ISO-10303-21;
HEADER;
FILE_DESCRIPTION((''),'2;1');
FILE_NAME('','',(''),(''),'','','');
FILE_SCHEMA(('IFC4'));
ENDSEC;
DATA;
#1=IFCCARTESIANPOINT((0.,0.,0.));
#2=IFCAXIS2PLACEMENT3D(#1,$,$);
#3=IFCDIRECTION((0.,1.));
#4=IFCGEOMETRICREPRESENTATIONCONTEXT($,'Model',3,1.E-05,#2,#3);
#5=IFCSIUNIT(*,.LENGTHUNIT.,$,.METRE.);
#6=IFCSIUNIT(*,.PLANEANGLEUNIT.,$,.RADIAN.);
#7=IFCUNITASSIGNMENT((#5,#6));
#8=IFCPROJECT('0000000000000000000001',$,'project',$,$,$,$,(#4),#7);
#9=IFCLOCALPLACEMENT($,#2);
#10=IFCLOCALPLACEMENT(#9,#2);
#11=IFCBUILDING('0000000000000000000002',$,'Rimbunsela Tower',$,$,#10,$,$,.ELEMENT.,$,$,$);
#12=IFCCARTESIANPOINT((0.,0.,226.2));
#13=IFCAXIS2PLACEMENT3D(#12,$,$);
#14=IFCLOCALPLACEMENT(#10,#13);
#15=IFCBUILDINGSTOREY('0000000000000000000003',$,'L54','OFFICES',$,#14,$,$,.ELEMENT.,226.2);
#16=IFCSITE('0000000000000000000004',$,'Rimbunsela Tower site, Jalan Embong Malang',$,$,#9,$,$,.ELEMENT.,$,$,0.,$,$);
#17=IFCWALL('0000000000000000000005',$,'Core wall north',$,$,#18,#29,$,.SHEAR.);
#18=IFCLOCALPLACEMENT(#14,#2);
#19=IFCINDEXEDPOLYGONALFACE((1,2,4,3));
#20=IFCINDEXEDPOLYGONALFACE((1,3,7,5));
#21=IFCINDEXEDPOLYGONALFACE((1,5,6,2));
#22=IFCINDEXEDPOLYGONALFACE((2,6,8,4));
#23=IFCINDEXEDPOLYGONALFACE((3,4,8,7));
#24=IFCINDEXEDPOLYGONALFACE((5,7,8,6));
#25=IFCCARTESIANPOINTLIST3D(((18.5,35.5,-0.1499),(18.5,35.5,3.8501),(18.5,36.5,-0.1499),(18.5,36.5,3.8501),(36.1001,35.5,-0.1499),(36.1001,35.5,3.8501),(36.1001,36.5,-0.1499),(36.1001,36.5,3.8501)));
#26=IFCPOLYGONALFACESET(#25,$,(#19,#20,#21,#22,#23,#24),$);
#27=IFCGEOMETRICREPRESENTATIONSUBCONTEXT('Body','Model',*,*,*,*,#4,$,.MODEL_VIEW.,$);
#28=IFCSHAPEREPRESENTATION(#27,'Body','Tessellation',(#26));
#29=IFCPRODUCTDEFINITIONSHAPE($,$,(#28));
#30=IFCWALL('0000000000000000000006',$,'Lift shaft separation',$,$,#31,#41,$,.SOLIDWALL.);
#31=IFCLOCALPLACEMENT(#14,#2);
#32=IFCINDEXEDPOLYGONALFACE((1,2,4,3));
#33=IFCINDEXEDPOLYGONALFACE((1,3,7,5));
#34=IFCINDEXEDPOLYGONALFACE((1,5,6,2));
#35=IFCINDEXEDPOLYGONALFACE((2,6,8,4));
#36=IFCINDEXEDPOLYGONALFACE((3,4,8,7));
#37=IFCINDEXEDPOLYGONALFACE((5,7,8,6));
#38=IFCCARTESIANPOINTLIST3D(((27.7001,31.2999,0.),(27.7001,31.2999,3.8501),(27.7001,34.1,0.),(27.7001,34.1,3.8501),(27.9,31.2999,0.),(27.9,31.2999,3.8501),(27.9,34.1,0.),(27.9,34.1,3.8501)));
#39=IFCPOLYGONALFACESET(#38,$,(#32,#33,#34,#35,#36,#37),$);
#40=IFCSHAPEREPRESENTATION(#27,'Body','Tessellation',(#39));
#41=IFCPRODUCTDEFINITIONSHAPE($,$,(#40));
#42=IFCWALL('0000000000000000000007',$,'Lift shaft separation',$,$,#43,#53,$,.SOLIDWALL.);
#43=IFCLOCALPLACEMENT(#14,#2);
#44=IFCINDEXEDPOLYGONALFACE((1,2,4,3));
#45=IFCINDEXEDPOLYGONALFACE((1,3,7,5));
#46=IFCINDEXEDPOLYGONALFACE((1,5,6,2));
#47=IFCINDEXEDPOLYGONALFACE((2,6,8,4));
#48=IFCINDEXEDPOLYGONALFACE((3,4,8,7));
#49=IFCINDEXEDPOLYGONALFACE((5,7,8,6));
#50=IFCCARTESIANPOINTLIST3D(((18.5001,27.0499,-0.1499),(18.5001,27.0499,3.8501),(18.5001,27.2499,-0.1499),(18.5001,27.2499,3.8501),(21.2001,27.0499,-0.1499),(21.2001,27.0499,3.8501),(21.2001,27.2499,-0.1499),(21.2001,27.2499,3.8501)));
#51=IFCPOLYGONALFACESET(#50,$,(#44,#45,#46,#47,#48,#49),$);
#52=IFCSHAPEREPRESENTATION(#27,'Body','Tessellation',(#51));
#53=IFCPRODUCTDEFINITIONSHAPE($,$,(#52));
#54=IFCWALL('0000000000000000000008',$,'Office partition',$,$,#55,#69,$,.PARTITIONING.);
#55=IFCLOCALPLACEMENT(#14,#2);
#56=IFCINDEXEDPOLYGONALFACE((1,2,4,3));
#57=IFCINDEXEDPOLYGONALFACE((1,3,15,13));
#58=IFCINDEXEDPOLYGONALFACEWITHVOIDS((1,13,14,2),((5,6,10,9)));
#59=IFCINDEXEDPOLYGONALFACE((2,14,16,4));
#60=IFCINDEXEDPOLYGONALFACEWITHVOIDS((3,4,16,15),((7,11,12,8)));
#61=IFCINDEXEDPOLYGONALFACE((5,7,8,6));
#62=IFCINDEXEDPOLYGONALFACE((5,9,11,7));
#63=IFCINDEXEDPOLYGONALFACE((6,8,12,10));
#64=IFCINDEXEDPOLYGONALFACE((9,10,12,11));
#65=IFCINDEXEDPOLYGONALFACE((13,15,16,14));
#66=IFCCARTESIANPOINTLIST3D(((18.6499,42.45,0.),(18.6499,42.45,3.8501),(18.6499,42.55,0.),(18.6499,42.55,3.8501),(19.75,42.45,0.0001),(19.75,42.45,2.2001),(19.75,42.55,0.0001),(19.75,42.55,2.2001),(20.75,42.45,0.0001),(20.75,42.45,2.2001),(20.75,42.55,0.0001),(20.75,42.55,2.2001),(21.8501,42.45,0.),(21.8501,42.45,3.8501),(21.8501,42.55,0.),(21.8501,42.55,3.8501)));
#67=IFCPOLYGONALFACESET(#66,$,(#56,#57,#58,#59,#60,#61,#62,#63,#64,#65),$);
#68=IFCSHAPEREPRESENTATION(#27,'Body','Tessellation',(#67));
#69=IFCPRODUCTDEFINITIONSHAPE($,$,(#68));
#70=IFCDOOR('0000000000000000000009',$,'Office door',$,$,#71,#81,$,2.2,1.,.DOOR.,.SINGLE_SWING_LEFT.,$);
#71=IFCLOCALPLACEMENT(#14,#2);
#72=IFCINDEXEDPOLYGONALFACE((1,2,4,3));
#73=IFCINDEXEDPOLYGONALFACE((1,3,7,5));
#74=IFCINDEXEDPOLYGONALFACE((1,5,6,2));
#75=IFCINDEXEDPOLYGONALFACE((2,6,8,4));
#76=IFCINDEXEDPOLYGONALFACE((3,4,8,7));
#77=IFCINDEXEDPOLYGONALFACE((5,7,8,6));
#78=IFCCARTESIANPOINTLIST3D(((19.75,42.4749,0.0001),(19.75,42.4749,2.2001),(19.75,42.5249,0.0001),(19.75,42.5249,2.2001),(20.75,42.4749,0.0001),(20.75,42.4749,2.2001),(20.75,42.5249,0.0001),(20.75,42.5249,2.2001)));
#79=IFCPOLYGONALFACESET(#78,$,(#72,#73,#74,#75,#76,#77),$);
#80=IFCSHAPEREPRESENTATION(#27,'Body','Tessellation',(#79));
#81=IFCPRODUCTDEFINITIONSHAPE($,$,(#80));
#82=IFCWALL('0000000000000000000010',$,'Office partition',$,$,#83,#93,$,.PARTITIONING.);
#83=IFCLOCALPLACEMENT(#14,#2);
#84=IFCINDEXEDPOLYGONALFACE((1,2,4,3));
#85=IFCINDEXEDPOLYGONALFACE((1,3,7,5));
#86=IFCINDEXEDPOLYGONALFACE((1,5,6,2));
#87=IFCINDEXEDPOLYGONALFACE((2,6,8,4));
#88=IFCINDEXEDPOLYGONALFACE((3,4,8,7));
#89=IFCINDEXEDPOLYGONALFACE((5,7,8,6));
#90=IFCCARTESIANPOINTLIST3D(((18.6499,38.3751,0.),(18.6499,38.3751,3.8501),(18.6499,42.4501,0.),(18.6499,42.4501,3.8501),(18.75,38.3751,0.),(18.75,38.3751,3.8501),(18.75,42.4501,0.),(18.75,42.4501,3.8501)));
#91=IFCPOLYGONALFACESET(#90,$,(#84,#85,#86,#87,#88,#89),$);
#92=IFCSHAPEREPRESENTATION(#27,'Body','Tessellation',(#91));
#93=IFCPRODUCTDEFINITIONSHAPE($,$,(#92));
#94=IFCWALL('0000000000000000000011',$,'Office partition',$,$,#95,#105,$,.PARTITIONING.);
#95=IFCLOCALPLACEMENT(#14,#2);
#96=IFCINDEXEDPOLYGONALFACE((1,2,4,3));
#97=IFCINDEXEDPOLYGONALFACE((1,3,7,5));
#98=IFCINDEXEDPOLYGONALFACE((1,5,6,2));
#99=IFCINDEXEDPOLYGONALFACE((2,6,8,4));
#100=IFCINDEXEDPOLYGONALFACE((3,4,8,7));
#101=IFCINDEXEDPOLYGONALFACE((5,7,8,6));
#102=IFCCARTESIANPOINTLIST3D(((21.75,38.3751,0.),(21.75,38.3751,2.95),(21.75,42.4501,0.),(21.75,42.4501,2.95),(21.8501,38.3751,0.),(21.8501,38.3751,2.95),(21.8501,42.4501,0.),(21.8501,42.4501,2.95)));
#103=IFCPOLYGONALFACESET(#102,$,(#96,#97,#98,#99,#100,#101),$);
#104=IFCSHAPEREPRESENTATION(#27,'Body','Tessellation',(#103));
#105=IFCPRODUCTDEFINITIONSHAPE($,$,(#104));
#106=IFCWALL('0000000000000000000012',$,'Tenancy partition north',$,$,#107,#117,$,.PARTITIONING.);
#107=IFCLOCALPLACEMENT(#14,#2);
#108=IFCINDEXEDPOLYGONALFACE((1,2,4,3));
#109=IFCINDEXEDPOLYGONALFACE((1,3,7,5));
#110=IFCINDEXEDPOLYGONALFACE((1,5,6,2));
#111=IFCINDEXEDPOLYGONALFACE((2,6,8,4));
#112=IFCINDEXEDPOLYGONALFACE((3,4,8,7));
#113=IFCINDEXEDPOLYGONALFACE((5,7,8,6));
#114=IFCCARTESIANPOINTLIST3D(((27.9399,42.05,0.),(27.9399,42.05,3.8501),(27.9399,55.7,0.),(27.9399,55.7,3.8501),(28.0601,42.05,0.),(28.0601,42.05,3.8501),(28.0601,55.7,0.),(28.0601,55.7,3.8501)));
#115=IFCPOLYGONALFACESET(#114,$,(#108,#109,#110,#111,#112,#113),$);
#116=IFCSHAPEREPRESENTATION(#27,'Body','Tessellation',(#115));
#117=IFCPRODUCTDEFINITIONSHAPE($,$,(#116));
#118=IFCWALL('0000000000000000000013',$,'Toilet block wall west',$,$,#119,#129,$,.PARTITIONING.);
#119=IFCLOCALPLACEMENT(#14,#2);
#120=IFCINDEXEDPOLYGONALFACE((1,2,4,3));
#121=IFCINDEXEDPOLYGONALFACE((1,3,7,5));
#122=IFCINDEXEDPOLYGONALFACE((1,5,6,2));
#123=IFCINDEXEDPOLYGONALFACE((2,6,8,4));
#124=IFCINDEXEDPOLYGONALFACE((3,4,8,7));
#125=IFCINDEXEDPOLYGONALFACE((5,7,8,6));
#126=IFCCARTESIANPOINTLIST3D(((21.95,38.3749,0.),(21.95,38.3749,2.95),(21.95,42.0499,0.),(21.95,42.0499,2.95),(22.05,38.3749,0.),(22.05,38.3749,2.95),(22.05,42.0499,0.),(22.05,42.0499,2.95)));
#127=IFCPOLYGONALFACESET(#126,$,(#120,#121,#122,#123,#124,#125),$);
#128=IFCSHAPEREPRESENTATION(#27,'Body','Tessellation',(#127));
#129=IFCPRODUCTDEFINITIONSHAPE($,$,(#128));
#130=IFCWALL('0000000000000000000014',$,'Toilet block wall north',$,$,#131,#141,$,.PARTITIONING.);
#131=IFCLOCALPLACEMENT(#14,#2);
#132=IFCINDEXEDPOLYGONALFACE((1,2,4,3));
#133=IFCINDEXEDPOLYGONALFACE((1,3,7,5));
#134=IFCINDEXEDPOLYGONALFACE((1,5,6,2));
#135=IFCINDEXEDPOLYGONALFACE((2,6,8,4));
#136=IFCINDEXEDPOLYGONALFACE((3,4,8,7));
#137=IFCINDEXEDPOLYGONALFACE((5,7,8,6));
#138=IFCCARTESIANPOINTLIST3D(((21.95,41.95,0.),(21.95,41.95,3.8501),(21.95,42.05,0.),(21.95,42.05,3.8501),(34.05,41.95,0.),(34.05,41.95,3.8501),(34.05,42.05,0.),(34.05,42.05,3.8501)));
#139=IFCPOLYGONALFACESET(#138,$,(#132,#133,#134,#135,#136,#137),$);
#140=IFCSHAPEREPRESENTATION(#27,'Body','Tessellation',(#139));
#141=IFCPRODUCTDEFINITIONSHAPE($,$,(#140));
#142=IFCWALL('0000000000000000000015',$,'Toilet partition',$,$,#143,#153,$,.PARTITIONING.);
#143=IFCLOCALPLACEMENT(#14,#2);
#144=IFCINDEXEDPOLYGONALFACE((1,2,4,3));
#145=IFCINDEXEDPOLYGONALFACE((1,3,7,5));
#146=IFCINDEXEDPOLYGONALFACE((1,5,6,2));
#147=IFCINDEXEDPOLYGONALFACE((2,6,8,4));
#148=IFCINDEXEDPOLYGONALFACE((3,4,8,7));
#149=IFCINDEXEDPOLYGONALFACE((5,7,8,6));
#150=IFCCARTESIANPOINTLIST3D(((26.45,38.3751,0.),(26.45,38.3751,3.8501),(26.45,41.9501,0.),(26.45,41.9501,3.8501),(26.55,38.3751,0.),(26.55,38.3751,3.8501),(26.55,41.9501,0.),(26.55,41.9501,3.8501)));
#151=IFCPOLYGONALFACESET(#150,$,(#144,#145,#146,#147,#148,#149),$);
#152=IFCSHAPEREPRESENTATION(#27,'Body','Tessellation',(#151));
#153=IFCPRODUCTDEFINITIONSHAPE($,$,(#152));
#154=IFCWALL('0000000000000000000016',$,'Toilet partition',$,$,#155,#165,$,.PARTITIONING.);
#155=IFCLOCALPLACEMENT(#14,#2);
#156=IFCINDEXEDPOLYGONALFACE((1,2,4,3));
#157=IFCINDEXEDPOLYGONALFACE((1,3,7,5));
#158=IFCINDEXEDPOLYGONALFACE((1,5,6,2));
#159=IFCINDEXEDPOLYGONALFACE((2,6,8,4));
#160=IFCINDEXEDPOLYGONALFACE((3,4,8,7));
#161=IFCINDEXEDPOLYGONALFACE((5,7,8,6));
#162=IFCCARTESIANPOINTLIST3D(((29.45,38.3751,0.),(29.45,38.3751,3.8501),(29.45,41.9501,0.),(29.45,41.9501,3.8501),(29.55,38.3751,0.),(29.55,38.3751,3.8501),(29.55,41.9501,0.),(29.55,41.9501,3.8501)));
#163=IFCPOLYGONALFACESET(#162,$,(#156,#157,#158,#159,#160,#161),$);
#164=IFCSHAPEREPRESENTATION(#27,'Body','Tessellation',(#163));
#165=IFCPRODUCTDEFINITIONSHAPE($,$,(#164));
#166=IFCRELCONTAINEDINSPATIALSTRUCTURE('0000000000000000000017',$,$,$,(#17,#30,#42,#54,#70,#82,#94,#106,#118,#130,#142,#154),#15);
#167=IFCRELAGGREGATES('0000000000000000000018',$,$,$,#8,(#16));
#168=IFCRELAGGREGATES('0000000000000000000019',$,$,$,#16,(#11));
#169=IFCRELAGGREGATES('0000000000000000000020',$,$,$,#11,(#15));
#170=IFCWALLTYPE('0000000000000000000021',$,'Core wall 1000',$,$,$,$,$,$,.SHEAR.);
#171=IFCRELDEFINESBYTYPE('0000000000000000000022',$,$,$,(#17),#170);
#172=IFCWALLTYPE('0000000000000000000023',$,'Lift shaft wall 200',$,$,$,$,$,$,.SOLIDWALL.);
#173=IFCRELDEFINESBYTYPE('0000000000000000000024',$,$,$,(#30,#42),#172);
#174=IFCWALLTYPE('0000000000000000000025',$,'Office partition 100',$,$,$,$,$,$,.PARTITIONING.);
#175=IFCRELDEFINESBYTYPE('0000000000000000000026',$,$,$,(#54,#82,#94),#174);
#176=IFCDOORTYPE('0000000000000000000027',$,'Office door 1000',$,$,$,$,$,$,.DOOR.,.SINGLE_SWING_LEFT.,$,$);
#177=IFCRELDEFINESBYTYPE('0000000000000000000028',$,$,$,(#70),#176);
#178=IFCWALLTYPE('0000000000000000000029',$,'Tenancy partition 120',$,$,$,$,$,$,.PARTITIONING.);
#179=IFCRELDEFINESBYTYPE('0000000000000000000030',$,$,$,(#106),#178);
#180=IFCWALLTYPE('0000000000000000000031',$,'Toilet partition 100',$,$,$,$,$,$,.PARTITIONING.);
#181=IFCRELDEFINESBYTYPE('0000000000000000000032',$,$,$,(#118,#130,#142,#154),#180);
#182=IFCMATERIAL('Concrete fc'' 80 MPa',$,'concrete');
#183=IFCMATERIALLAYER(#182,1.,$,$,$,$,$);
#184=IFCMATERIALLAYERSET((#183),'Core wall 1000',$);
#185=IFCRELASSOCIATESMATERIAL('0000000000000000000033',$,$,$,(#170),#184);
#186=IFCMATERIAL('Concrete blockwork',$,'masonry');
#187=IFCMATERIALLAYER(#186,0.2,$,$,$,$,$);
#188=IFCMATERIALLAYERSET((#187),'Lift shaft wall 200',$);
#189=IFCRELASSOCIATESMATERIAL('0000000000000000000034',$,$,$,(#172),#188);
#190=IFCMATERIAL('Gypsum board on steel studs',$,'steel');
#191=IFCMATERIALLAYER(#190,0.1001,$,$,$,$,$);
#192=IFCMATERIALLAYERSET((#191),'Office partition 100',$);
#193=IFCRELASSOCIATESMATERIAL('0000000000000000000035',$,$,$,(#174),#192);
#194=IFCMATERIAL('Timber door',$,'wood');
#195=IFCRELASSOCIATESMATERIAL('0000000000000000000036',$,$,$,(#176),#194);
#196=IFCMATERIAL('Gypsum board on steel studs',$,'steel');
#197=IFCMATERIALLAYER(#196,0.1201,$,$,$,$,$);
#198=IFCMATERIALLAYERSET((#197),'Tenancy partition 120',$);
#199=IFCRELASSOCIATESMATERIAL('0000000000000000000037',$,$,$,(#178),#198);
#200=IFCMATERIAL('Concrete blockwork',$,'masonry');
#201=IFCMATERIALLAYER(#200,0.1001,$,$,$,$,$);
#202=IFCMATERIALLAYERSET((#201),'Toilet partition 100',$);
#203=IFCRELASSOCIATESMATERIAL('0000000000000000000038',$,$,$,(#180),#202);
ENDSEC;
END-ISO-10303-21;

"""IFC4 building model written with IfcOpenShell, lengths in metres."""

from ifc_helpers import new_model, si_unit, direction, frame, frame_2d, origin, place, context, subcontext, project, spatial, rectangle, extrude, material, layer, layer_set, type_object, element, fill, save


model = new_model("IFC4")

# Units and contexts
model_context = context("Model", 3, precision=1e-05, world=origin(), true_north=direction((0.0, 1.0)))
body_context = subcontext(model_context, "Body", "Model", "MODEL_VIEW")
ifc_project = project(units=[si_unit("LENGTHUNIT", "METRE"), si_unit("PLANEANGLEUNIT", "RADIAN")], contexts=[model_context])

# Site, building, storey
site_placement = place(None, origin())
site = spatial("IfcSite", under=ifc_project, at=site_placement, Name="Rimbunsela Tower site, Jalan Embong Malang", CompositionType="ELEMENT", RefElevation=0.0)
building_placement = place(site_placement, origin())
building = spatial("IfcBuilding", under=site, at=building_placement, Name="Rimbunsela Tower", CompositionType="ELEMENT")
storey_placement = place(building_placement, frame((0.0, 0.0, 226.2)))
storey = spatial("IfcBuildingStorey", under=building, at=storey_placement, Name="L54", Description="OFFICES", CompositionType="ELEMENT", Elevation=226.2)

# Walls
ifc_material_1 = material(Name="Concrete fc' 80 MPa", Category="concrete")
ifc_layer_1 = layer(ifc_material_1, 1.0)
ifc_layer_set_1 = layer_set([ifc_layer_1], Name="Core wall 1000")
wall_type_1 = type_object("IfcWallType", Name="Core wall 1000", PredefinedType="SHEAR", material=ifc_layer_set_1)
wall_1_placement = place(storey_placement, frame((18.5, 36.0, -0.1499), z_axis=(0.0, 0.0, 1.0), x_axis=(1.0, 0.0, 0.0)))
element("IfcWall", 1, at=wall_1_placement, inside=storey, type_object=wall_type_1, Name="Core wall north", PredefinedType="SHEAR", context=body_context, shape_type="SweptSolid", body=[
    extrude(rectangle(XDim=17.6001, YDim=1.0, at=frame_2d((8.8, 0.0))), origin(), (0.0, 0.0, 1.0), 4.0),
])
ifc_material_2 = material(Name="Concrete blockwork", Category="masonry")
ifc_layer_2 = layer(ifc_material_2, 0.2)
ifc_layer_set_2 = layer_set([ifc_layer_2], Name="Lift shaft wall 200")
wall_type_2 = type_object("IfcWallType", Name="Lift shaft wall 200", PredefinedType="SOLIDWALL", material=ifc_layer_set_2)
wall_2_placement = place(storey_placement, frame((27.8, 31.3, 0.0), z_axis=(0.0, 0.0, 1.0), x_axis=(0.0, 1.0, 0.0)))
element("IfcWall", 2, at=wall_2_placement, inside=storey, type_object=wall_type_2, Name="Lift shaft separation", PredefinedType="SOLIDWALL", context=body_context, shape_type="SweptSolid", body=[
    extrude(rectangle(XDim=2.8, YDim=0.2, at=frame_2d((1.3999, 0.0))), origin(), (0.0, 0.0, 1.0), 3.8501),
])
wall_3_placement = place(storey_placement, frame((18.5, 27.1499, -0.1499), z_axis=(0.0, 0.0, 1.0), x_axis=(1.0, 0.0, 0.0)))
element("IfcWall", 3, at=wall_3_placement, inside=storey, type_object=wall_type_2, Name="Lift shaft separation", PredefinedType="SOLIDWALL", context=body_context, shape_type="SweptSolid", body=[
    extrude(rectangle(XDim=2.7, YDim=0.2, at=frame_2d((1.3501, 0.0))), origin(), (0.0, 0.0, 1.0), 4.0),
])

# Wall, opening, door
ifc_material_3 = material(Name="Gypsum board on steel studs", Category="steel")
ifc_layer_3 = layer(ifc_material_3, 0.1001)
ifc_layer_set_3 = layer_set([ifc_layer_3], Name="Office partition 100")
wall_type_3 = type_object("IfcWallType", Name="Office partition 100", PredefinedType="PARTITIONING", material=ifc_layer_set_3)
wall_4_placement = place(storey_placement, frame((18.6499, 42.5, 0.0), z_axis=(0.0, 0.0, 1.0), x_axis=(1.0, 0.0, 0.0)))
wall_4 = element("IfcWall", 4, at=wall_4_placement, inside=storey, type_object=wall_type_3, Name="Office partition", PredefinedType="PARTITIONING", context=body_context, shape_type="SweptSolid", body=[
    extrude(rectangle(XDim=3.2002, YDim=0.1001, at=frame_2d((1.6001, 0.0))), origin(), (0.0, 0.0, 1.0), 3.8501),
])
opening_1_placement = place(wall_4_placement, frame((1.1001, 0.0, 0.0)))
opening_1 = element("IfcOpeningElement", 5, at=opening_1_placement, cuts=wall_4, PredefinedType="OPENING", context=body_context, shape_type="SweptSolid", body=[
    extrude(rectangle(XDim=1.0, YDim=2.2, at=frame_2d((0.5, 1.1001))), frame((0.0, 0.0601, 0.0), z_axis=(0.0, -1.0, 0.0), x_axis=(1.0, 0.0, 0.0)), (0.0, 0.0, 1.0), 0.1201),
])
ifc_material_4 = material(Name="Timber door", Category="wood")
door_type_1 = type_object("IfcDoorType", Name="Office door 1000", OperationType="SINGLE_SWING_LEFT", PredefinedType="DOOR", material=ifc_material_4)
door_1_placement = place(opening_1_placement, origin())
door_1 = element("IfcDoor", 6, at=door_1_placement, inside=storey, type_object=door_type_1, Name="Office door", OperationType="SINGLE_SWING_LEFT", OverallHeight=2.2, OverallWidth=1.0, PredefinedType="DOOR", context=body_context, shape_type="SweptSolid", body=[
    extrude(rectangle(XDim=1.0, YDim=2.2, at=frame_2d((0.5, 1.1001))), frame((0.0, 0.0249, 0.0), z_axis=(0.0, -1.0, 0.0), x_axis=(1.0, 0.0, 0.0)), (0.0, 0.0, 1.0), 0.05),
])
fill(opening_1, door_1)

# Walls
wall_5_placement = place(storey_placement, frame((18.7, 38.375, 0.0), z_axis=(0.0, 0.0, 1.0), x_axis=(0.0, 1.0, 0.0)))
element("IfcWall", 7, at=wall_5_placement, inside=storey, type_object=wall_type_3, Name="Office partition", PredefinedType="PARTITIONING", context=body_context, shape_type="SweptSolid", body=[
    extrude(rectangle(XDim=4.075, YDim=0.1001, at=frame_2d((2.0376, 0.0))), origin(), (0.0, 0.0, 1.0), 3.8501),
])
wall_6_placement = place(storey_placement, frame((21.8, 38.375, 0.0), z_axis=(0.0, 0.0, 1.0), x_axis=(0.0, 1.0, 0.0)))
element("IfcWall", 8, at=wall_6_placement, inside=storey, type_object=wall_type_3, Name="Office partition", PredefinedType="PARTITIONING", context=body_context, shape_type="SweptSolid", body=[
    extrude(rectangle(XDim=4.075, YDim=0.1001, at=frame_2d((2.0376, 0.0))), origin(), (0.0, 0.0, 1.0), 2.95),
])
ifc_material_5 = material(Name="Gypsum board on steel studs", Category="steel")
ifc_layer_4 = layer(ifc_material_5, 0.1201)
ifc_layer_set_4 = layer_set([ifc_layer_4], Name="Tenancy partition 120")
wall_type_4 = type_object("IfcWallType", Name="Tenancy partition 120", PredefinedType="PARTITIONING", material=ifc_layer_set_4)
wall_7_placement = place(storey_placement, frame((28.0, 42.05, 0.0), z_axis=(0.0, 0.0, 1.0), x_axis=(0.0, 1.0, 0.0)))
element("IfcWall", 9, at=wall_7_placement, inside=storey, type_object=wall_type_4, Name="Tenancy partition north", PredefinedType="PARTITIONING", context=body_context, shape_type="SweptSolid", body=[
    extrude(rectangle(XDim=13.6499, YDim=0.1201, at=frame_2d((6.825, 0.0))), origin(), (0.0, 0.0, 1.0), 3.8501),
])
ifc_material_6 = material(Name="Concrete blockwork", Category="masonry")
ifc_layer_5 = layer(ifc_material_6, 0.1001)
ifc_layer_set_5 = layer_set([ifc_layer_5], Name="Toilet partition 100")
wall_type_5 = type_object("IfcWallType", Name="Toilet partition 100", PredefinedType="PARTITIONING", material=ifc_layer_set_5)
wall_8_placement = place(storey_placement, frame((22.0, 38.375, 0.0), z_axis=(0.0, 0.0, 1.0), x_axis=(0.0, 1.0, 0.0)))
element("IfcWall", 10, at=wall_8_placement, inside=storey, type_object=wall_type_5, Name="Toilet block wall west", PredefinedType="PARTITIONING", context=body_context, shape_type="SweptSolid", body=[
    extrude(rectangle(XDim=3.675, YDim=0.1001, at=frame_2d((1.8374, 0.0))), origin(), (0.0, 0.0, 1.0), 2.95),
])
wall_9_placement = place(storey_placement, frame((21.95, 42.0, 0.0), z_axis=(0.0, 0.0, 1.0), x_axis=(1.0, 0.0, 0.0)))
element("IfcWall", 11, at=wall_9_placement, inside=storey, type_object=wall_type_5, Name="Toilet block wall north", PredefinedType="PARTITIONING", context=body_context, shape_type="SweptSolid", body=[
    extrude(rectangle(XDim=12.1001, YDim=0.1001, at=frame_2d((6.05, 0.0))), origin(), (0.0, 0.0, 1.0), 3.8501),
])
for number, where, z_axis, x_axis, name in (
    (12, (26.5, 38.375, 0.0), (0.0, 0.0, 1.0), (0.0, 1.0, 0.0), "Toilet partition"),
    (13, (29.5, 38.375, 0.0), (0.0, 0.0, 1.0), (0.0, 1.0, 0.0), "Toilet partition"),
):
    element("IfcWall", number, at=place(storey_placement, frame(where, z_axis=z_axis, x_axis=x_axis)), inside=storey, type_object=wall_type_5, Name=name, PredefinedType="PARTITIONING", context=body_context, shape_type="SweptSolid", body=[
        extrude(rectangle(XDim=3.575, YDim=0.1001, at=frame_2d((1.7876, 0.0))), origin(), (0.0, 0.0, 1.0), 3.8501),
    ])

save(model, "model.ifc")
